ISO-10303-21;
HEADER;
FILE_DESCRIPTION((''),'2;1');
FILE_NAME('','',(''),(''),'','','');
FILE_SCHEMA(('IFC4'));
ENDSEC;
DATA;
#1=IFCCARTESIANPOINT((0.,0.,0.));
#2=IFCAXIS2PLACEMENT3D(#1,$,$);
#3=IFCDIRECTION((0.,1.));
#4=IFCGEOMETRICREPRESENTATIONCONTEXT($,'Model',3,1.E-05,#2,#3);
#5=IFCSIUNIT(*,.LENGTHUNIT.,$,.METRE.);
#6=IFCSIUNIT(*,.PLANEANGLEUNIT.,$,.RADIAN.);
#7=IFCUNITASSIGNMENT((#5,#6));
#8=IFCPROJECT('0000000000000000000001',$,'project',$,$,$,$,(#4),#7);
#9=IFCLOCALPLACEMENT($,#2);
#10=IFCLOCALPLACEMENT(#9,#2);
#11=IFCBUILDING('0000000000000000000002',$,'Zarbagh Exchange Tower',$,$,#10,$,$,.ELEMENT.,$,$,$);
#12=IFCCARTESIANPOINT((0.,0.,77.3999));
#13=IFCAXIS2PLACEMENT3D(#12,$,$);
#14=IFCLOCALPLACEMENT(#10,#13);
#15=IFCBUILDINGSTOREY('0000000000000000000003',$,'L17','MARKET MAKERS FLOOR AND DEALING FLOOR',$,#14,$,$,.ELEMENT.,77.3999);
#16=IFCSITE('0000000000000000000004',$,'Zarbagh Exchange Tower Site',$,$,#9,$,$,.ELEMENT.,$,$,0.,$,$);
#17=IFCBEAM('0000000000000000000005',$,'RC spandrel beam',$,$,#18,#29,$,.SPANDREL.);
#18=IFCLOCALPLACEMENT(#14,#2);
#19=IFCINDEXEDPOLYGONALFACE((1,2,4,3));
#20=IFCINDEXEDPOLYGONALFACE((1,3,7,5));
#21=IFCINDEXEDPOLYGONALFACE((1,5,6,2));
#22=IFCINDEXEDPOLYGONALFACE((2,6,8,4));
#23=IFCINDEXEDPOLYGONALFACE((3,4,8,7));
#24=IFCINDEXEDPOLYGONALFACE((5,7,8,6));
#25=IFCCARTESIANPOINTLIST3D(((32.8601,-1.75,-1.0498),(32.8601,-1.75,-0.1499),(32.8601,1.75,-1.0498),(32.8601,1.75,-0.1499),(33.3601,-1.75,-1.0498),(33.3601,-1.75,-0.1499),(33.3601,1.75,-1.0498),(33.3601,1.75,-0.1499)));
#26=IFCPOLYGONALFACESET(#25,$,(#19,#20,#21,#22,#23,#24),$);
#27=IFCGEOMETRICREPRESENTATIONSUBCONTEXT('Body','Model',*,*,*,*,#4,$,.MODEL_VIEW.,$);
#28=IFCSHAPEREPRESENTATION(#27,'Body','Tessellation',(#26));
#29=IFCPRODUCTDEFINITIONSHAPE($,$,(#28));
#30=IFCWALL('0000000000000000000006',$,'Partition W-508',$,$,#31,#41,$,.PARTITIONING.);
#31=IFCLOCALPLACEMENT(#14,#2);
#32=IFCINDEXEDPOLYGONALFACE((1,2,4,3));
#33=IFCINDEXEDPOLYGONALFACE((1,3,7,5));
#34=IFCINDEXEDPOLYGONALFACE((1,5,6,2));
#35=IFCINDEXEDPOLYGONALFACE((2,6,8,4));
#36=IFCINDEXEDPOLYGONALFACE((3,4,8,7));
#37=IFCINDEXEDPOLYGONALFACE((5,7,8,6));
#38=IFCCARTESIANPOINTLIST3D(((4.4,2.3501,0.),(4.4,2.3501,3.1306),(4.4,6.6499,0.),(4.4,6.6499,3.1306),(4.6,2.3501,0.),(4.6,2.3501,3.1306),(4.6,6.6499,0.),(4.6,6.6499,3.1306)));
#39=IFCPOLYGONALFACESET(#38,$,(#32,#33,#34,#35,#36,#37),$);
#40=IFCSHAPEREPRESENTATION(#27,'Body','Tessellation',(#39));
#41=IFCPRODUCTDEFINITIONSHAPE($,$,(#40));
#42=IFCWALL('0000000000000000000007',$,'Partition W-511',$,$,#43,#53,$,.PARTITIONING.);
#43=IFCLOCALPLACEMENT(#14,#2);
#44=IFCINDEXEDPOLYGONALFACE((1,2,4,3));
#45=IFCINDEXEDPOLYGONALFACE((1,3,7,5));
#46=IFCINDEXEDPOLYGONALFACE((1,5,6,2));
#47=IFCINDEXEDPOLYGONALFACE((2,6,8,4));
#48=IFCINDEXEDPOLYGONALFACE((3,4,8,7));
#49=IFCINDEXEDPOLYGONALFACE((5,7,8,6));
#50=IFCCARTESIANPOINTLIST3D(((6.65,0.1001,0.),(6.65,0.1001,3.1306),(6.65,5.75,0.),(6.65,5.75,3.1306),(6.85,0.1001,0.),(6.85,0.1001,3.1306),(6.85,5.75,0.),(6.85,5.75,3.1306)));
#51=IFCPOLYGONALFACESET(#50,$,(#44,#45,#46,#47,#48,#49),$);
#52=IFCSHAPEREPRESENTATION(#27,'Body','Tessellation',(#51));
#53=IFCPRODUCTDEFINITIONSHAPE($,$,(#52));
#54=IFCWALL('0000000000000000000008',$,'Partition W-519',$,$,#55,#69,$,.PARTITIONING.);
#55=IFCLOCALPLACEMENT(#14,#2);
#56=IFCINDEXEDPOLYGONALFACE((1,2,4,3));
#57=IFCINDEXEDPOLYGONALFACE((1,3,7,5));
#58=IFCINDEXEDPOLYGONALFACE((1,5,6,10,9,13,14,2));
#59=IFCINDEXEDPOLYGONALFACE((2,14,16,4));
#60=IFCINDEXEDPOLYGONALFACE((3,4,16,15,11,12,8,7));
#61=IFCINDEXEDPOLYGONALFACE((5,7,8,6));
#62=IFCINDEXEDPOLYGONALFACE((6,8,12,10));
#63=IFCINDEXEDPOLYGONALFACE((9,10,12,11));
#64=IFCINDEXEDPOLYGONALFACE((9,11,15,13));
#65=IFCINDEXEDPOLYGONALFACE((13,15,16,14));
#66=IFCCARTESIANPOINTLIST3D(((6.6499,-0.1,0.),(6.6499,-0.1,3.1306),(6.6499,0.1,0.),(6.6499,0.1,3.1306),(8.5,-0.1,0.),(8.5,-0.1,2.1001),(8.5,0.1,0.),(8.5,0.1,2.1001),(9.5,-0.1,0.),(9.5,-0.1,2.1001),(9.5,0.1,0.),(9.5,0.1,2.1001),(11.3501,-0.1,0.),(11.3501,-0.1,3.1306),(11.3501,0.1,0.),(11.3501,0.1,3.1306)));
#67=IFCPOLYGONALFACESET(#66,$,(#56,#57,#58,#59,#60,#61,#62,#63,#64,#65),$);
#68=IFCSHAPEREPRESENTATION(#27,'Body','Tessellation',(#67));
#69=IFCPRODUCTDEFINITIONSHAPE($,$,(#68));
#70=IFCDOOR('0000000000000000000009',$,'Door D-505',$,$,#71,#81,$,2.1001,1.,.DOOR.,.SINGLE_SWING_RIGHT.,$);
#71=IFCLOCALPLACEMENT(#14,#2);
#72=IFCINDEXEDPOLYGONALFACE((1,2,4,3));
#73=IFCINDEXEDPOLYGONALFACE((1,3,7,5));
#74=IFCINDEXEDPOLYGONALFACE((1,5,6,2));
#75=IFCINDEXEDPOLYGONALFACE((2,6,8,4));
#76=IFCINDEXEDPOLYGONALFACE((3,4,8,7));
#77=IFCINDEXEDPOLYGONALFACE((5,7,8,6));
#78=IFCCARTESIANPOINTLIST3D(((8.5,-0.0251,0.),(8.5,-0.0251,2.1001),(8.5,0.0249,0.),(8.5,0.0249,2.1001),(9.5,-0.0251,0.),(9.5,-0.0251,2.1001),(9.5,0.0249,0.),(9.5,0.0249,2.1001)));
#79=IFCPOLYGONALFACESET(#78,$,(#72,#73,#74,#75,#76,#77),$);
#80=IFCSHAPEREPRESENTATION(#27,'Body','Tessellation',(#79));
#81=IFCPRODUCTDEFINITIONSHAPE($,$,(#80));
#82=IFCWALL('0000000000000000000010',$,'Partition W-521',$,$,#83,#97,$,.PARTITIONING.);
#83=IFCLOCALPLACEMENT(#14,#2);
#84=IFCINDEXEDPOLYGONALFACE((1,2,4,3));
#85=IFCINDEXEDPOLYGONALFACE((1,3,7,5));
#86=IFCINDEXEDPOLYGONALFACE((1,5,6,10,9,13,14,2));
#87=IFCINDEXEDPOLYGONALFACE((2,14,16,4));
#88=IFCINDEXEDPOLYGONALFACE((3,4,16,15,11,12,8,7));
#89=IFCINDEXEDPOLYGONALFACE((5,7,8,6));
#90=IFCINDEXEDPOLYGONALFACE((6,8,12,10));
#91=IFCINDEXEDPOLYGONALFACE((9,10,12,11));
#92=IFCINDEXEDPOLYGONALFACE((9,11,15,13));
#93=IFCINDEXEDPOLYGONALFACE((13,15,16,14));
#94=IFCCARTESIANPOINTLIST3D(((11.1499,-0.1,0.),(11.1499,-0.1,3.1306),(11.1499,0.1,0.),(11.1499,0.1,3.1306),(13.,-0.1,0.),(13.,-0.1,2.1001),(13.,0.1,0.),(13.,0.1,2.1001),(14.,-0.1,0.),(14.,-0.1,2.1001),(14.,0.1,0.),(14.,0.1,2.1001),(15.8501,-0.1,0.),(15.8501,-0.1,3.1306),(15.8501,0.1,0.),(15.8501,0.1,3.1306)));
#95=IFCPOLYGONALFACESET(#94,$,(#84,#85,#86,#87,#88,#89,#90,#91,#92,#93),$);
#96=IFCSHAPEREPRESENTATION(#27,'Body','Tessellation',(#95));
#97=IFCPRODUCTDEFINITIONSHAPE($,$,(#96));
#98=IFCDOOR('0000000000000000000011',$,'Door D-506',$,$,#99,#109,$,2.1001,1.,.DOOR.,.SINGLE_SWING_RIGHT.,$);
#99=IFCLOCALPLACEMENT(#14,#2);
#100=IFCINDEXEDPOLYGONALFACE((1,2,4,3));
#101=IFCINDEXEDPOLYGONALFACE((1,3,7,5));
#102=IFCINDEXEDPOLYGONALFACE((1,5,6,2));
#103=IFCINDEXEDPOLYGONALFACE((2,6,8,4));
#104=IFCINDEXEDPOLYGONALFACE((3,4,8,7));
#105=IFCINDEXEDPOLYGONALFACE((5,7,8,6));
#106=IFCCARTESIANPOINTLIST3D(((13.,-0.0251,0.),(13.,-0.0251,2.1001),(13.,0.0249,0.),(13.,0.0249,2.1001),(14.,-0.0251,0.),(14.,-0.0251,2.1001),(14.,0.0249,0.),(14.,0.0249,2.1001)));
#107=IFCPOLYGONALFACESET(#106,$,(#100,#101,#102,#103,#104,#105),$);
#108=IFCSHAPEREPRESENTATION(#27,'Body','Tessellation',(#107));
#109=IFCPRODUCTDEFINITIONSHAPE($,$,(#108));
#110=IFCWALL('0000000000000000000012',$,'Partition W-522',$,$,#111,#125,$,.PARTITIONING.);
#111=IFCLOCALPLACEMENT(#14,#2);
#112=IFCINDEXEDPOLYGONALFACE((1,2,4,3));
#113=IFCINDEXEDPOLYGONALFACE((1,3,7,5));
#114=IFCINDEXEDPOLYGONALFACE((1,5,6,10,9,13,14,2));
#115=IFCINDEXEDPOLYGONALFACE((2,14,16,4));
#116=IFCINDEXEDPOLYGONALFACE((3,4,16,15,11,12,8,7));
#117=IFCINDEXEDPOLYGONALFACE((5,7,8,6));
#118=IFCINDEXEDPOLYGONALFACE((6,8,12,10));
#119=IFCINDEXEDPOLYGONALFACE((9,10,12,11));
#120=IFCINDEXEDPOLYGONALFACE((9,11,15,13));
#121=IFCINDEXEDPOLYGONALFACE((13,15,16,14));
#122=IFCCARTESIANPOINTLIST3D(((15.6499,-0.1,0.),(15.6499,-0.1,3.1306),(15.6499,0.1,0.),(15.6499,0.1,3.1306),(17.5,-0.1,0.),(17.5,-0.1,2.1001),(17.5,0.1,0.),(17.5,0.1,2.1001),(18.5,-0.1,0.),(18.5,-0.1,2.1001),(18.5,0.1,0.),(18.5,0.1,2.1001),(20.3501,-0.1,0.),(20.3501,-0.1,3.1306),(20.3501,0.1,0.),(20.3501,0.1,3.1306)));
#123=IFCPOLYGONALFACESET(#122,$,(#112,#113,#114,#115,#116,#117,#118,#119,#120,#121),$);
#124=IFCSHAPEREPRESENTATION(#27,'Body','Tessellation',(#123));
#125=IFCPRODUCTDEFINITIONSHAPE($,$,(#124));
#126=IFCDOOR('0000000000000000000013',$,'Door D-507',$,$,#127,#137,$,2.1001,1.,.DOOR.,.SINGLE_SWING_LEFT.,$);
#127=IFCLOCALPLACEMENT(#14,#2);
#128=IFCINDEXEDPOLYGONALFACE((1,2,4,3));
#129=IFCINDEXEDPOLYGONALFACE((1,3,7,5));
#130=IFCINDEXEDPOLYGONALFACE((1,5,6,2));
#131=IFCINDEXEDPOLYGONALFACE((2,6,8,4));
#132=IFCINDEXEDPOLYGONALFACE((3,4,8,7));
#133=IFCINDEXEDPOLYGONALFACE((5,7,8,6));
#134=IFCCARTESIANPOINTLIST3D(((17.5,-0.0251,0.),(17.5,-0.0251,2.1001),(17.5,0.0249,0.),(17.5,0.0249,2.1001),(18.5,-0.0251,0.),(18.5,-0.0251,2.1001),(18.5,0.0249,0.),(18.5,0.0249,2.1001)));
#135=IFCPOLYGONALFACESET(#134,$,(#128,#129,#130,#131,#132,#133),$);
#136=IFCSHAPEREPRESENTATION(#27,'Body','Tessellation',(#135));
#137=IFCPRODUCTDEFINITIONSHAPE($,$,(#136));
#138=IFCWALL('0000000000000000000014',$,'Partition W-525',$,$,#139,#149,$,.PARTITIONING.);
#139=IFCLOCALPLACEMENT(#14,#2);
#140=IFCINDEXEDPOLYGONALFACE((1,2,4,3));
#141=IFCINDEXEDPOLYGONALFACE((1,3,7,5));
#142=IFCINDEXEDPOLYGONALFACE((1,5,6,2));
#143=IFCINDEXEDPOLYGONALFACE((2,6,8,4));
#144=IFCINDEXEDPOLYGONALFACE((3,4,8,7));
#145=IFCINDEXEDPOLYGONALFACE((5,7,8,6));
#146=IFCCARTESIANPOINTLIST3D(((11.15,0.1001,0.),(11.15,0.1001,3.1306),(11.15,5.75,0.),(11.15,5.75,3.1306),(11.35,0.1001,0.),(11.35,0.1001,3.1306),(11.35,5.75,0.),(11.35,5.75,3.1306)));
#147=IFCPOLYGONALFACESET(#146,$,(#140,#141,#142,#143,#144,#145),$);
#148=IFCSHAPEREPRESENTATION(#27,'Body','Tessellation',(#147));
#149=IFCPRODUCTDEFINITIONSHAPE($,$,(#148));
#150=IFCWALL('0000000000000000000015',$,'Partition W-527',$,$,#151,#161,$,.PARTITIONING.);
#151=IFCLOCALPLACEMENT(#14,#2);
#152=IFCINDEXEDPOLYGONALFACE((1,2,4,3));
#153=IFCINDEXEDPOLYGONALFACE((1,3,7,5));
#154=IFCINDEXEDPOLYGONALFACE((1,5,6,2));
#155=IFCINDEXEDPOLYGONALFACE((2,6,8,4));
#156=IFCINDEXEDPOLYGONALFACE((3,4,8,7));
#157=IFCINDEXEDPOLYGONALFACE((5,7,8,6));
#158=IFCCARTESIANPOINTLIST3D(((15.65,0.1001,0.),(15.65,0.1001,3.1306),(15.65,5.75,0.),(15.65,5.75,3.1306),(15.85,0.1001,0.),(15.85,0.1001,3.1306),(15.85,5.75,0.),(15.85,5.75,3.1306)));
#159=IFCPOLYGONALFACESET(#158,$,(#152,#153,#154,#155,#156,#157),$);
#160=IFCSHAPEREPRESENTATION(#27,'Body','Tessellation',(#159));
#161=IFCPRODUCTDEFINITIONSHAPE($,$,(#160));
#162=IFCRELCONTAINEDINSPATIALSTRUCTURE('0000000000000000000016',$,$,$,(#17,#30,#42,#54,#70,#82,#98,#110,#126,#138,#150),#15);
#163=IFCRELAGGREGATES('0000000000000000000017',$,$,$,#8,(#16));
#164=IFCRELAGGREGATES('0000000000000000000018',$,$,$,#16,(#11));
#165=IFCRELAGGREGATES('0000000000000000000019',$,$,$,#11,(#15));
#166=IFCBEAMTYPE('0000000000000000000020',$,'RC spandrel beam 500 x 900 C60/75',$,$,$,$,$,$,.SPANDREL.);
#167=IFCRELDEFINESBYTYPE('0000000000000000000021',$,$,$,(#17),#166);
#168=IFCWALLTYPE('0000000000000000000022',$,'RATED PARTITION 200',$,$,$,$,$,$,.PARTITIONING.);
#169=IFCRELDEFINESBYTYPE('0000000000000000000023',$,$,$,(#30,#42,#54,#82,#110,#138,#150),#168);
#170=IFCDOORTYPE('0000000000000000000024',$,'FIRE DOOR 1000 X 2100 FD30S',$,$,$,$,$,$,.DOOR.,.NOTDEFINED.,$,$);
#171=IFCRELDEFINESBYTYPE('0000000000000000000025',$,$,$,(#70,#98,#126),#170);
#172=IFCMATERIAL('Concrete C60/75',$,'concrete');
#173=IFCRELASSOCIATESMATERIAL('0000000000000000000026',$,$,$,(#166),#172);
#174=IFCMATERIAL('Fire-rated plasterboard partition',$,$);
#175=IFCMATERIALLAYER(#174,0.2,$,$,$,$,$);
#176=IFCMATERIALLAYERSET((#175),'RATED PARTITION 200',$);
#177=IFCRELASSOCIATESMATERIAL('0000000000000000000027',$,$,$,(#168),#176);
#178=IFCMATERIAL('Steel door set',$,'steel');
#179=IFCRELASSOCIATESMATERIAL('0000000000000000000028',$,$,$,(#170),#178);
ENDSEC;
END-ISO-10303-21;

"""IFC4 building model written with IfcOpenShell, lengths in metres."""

from ifc_helpers import new_model, si_unit, direction, frame, frame_2d, origin, origin_2d, place, context, subcontext, project, spatial, rectangle, extrude, material, layer, layer_set, material_profile, profile_set, type_object, element, fill, save


model = new_model("IFC4")

# Units and contexts
model_context = context("Model", 3, precision=1e-05, world=origin(), true_north=direction((0.0, 1.0)))
body_context = subcontext(model_context, "Body", "Model", "MODEL_VIEW")
ifc_project = project(units=[si_unit("LENGTHUNIT", "METRE"), si_unit("PLANEANGLEUNIT", "RADIAN")], contexts=[model_context])

# Site, building, storey
site_placement = place(None, origin())
site = spatial("IfcSite", under=ifc_project, at=site_placement, Name="Zarbagh Exchange Tower Site", CompositionType="ELEMENT", RefElevation=0.0)
building_placement = place(site_placement, origin())
building = spatial("IfcBuilding", under=site, at=building_placement, Name="Zarbagh Exchange Tower", CompositionType="ELEMENT")
storey_placement = place(building_placement, frame((0.0, 0.0, 77.3999)))
storey = spatial("IfcBuildingStorey", under=building, at=storey_placement, Name="L17", Description="MARKET MAKERS FLOOR AND DEALING FLOOR", CompositionType="ELEMENT", Elevation=77.3999)

# Shared definitions
ifc_material_1 = material(Name="Concrete C60/75", Category="concrete")

# Beam
ifc_material_profile_1 = material_profile(ifc_material_1, rectangle(XDim=0.5, YDim=0.8999, at=origin_2d()), Name="RC spandrel beam 500 x 900 C60/75")
ifc_profile_set_1 = profile_set([ifc_material_profile_1], Name="Concrete C60/75")
beam_type_1 = type_object("IfcBeamType", Name="RC spandrel beam 500 x 900 C60/75", PredefinedType="SPANDREL", material=ifc_profile_set_1)
beam_1_placement = place(storey_placement, frame((33.1101, 1.75, -0.5999), z_axis=(0.0, -1.0, 0.0), x_axis=(1.0, 0.0, 0.0)))
element("IfcBeam", 1, at=beam_1_placement, inside=storey, type_object=beam_type_1, Name="RC spandrel beam", PredefinedType="SPANDREL", context=body_context, shape_type="SweptSolid", body=[
    extrude(rectangle(XDim=0.5, YDim=0.8999, at=origin_2d()), origin(), (0.0, 0.0, 1.0), 3.5),
])

# Walls
ifc_material_2 = material(Name="Fire-rated plasterboard partition")
ifc_layer = layer(ifc_material_2, 0.2)
ifc_layer_set = layer_set([ifc_layer], Name="RATED PARTITION 200")
wall_type = type_object("IfcWallType", Name="RATED PARTITION 200", PredefinedType="PARTITIONING", material=ifc_layer_set)
wall_1_placement = place(storey_placement, frame((4.5, 2.3501, 0.0), z_axis=(0.0, 0.0, 1.0), x_axis=(0.0, 1.0, 0.0)))
element("IfcWall", 2, at=wall_1_placement, inside=storey, type_object=wall_type, Name="Partition W-508", PredefinedType="PARTITIONING", context=body_context, shape_type="SweptSolid", body=[
    extrude(rectangle(XDim=4.2998, YDim=0.2, at=frame_2d((2.1499, 0.0))), origin(), (0.0, 0.0, 1.0), 3.1306),
])
wall_2_placement = place(storey_placement, frame((6.75, 0.1001, 0.0), z_axis=(0.0, 0.0, 1.0), x_axis=(0.0, 1.0, 0.0)))
element("IfcWall", 3, at=wall_2_placement, inside=storey, type_object=wall_type, Name="Partition W-511", PredefinedType="PARTITIONING", context=body_context, shape_type="SweptSolid", body=[
    extrude(rectangle(XDim=5.6499, YDim=0.2, at=frame_2d((2.825, 0.0))), origin(), (0.0, 0.0, 1.0), 3.1306),
])

# Walls, openings, doors
wall_3_placement = place(storey_placement, frame((6.6499, 0.0, 0.0), z_axis=(0.0, 0.0, 1.0), x_axis=(1.0, 0.0, 0.0)))
wall_3 = element("IfcWall", 4, at=wall_3_placement, inside=storey, type_object=wall_type, Name="Partition W-519", PredefinedType="PARTITIONING", context=body_context, shape_type="SweptSolid", body=[
    extrude(rectangle(XDim=4.7002, YDim=0.2, at=frame_2d((2.3501, 0.0))), origin(), (0.0, 0.0, 1.0), 3.1306),
])
opening_1_placement = place(wall_3_placement, frame((1.8501, 0.0, 0.0)))
opening_1 = element("IfcOpeningElement", 5, at=opening_1_placement, cuts=wall_3, PredefinedType="OPENING", context=body_context, shape_type="SweptSolid", body=[
    extrude(rectangle(XDim=1.0, YDim=2.1001, at=frame_2d((0.5, 1.05))), frame((0.0, 0.1099, 0.0), z_axis=(0.0, -1.0, 0.0), x_axis=(1.0, 0.0, 0.0)), (0.0, 0.0, 1.0), 0.22),
])
ifc_material_3 = material(Name="Steel door set", Category="steel")
door_type_1 = type_object("IfcDoorType", Name="FIRE DOOR 1000 X 2100 FD30S", OperationType="NOTDEFINED", PredefinedType="DOOR", material=ifc_material_3)
door_1_placement = place(opening_1_placement, origin())
door_1 = element("IfcDoor", 6, at=door_1_placement, inside=storey, type_object=door_type_1, Name="Door D-505", OperationType="SINGLE_SWING_RIGHT", OverallHeight=2.1001, OverallWidth=1.0, PredefinedType="DOOR", context=body_context, shape_type="SweptSolid", body=[
    extrude(rectangle(XDim=1.0, YDim=2.1001, at=frame_2d((0.5, 1.05))), frame((0.0, 0.0249, 0.0), z_axis=(0.0, -1.0, 0.0), x_axis=(1.0, 0.0, 0.0)), (0.0, 0.0, 1.0), 0.05),
])
fill(opening_1, door_1)
wall_4_placement = place(storey_placement, frame((11.1499, 0.0, 0.0), z_axis=(0.0, 0.0, 1.0), x_axis=(1.0, 0.0, 0.0)))
wall_4 = element("IfcWall", 7, at=wall_4_placement, inside=storey, type_object=wall_type, Name="Partition W-521", PredefinedType="PARTITIONING", context=body_context, shape_type="SweptSolid", body=[
    extrude(rectangle(XDim=4.7002, YDim=0.2, at=frame_2d((2.3501, 0.0))), origin(), (0.0, 0.0, 1.0), 3.1306),
])
opening_2_placement = place(wall_4_placement, frame((1.8501, 0.0, 0.0)))
opening_2 = element("IfcOpeningElement", 8, at=opening_2_placement, cuts=wall_4, PredefinedType="OPENING", context=body_context, shape_type="SweptSolid", body=[
    extrude(rectangle(XDim=1.0, YDim=2.1001, at=frame_2d((0.5, 1.05))), frame((0.0, 0.1099, 0.0), z_axis=(0.0, -1.0, 0.0), x_axis=(1.0, 0.0, 0.0)), (0.0, 0.0, 1.0), 0.22),
])
door_2_placement = place(opening_2_placement, origin())
door_2 = element("IfcDoor", 9, at=door_2_placement, inside=storey, type_object=door_type_1, Name="Door D-506", OperationType="SINGLE_SWING_RIGHT", OverallHeight=2.1001, OverallWidth=1.0, PredefinedType="DOOR", context=body_context, shape_type="SweptSolid", body=[
    extrude(rectangle(XDim=1.0, YDim=2.1001, at=frame_2d((0.5, 1.05))), frame((0.0, 0.0249, 0.0), z_axis=(0.0, -1.0, 0.0), x_axis=(1.0, 0.0, 0.0)), (0.0, 0.0, 1.0), 0.05),
])
fill(opening_2, door_2)
wall_5_placement = place(storey_placement, frame((15.6499, 0.0, 0.0), z_axis=(0.0, 0.0, 1.0), x_axis=(1.0, 0.0, 0.0)))
wall_5 = element("IfcWall", 10, at=wall_5_placement, inside=storey, type_object=wall_type, Name="Partition W-522", PredefinedType="PARTITIONING", context=body_context, shape_type="SweptSolid", body=[
    extrude(rectangle(XDim=4.7002, YDim=0.2, at=frame_2d((2.3501, 0.0))), origin(), (0.0, 0.0, 1.0), 3.1306),
])
opening_3_placement = place(wall_5_placement, frame((1.8501, 0.0, 0.0)))
opening_3 = element("IfcOpeningElement", 11, at=opening_3_placement, cuts=wall_5, PredefinedType="OPENING", context=body_context, shape_type="SweptSolid", body=[
    extrude(rectangle(XDim=1.0, YDim=2.1001, at=frame_2d((0.5, 1.05))), frame((0.0, 0.1099, 0.0), z_axis=(0.0, -1.0, 0.0), x_axis=(1.0, 0.0, 0.0)), (0.0, 0.0, 1.0), 0.22),
])
door_3_placement = place(opening_3_placement, origin())
door_3 = element("IfcDoor", 12, at=door_3_placement, inside=storey, type_object=door_type_1, Name="Door D-507", OperationType="SINGLE_SWING_LEFT", OverallHeight=2.1001, OverallWidth=1.0, PredefinedType="DOOR", context=body_context, shape_type="SweptSolid", body=[
    extrude(rectangle(XDim=1.0, YDim=2.1001, at=frame_2d((0.5, 1.05))), frame((0.0, 0.0249, 0.0), z_axis=(0.0, -1.0, 0.0), x_axis=(1.0, 0.0, 0.0)), (0.0, 0.0, 1.0), 0.05),
])
fill(opening_3, door_3)

# Walls
for number, where, z_axis, x_axis, name in (
    (13, (11.25, 0.1001, 0.0), (0.0, 0.0, 1.0), (0.0, 1.0, 0.0), "Partition W-525"),
    (14, (15.75, 0.1001, 0.0), (0.0, 0.0, 1.0), (0.0, 1.0, 0.0), "Partition W-527"),
):
    element("IfcWall", number, at=place(storey_placement, frame(where, z_axis=z_axis, x_axis=x_axis)), inside=storey, type_object=wall_type, Name=name, PredefinedType="PARTITIONING", context=body_context, shape_type="SweptSolid", body=[
        extrude(rectangle(XDim=5.6499, YDim=0.2, at=frame_2d((2.825, 0.0))), origin(), (0.0, 0.0, 1.0), 3.1306),
    ])

save(model, "model.ifc")
